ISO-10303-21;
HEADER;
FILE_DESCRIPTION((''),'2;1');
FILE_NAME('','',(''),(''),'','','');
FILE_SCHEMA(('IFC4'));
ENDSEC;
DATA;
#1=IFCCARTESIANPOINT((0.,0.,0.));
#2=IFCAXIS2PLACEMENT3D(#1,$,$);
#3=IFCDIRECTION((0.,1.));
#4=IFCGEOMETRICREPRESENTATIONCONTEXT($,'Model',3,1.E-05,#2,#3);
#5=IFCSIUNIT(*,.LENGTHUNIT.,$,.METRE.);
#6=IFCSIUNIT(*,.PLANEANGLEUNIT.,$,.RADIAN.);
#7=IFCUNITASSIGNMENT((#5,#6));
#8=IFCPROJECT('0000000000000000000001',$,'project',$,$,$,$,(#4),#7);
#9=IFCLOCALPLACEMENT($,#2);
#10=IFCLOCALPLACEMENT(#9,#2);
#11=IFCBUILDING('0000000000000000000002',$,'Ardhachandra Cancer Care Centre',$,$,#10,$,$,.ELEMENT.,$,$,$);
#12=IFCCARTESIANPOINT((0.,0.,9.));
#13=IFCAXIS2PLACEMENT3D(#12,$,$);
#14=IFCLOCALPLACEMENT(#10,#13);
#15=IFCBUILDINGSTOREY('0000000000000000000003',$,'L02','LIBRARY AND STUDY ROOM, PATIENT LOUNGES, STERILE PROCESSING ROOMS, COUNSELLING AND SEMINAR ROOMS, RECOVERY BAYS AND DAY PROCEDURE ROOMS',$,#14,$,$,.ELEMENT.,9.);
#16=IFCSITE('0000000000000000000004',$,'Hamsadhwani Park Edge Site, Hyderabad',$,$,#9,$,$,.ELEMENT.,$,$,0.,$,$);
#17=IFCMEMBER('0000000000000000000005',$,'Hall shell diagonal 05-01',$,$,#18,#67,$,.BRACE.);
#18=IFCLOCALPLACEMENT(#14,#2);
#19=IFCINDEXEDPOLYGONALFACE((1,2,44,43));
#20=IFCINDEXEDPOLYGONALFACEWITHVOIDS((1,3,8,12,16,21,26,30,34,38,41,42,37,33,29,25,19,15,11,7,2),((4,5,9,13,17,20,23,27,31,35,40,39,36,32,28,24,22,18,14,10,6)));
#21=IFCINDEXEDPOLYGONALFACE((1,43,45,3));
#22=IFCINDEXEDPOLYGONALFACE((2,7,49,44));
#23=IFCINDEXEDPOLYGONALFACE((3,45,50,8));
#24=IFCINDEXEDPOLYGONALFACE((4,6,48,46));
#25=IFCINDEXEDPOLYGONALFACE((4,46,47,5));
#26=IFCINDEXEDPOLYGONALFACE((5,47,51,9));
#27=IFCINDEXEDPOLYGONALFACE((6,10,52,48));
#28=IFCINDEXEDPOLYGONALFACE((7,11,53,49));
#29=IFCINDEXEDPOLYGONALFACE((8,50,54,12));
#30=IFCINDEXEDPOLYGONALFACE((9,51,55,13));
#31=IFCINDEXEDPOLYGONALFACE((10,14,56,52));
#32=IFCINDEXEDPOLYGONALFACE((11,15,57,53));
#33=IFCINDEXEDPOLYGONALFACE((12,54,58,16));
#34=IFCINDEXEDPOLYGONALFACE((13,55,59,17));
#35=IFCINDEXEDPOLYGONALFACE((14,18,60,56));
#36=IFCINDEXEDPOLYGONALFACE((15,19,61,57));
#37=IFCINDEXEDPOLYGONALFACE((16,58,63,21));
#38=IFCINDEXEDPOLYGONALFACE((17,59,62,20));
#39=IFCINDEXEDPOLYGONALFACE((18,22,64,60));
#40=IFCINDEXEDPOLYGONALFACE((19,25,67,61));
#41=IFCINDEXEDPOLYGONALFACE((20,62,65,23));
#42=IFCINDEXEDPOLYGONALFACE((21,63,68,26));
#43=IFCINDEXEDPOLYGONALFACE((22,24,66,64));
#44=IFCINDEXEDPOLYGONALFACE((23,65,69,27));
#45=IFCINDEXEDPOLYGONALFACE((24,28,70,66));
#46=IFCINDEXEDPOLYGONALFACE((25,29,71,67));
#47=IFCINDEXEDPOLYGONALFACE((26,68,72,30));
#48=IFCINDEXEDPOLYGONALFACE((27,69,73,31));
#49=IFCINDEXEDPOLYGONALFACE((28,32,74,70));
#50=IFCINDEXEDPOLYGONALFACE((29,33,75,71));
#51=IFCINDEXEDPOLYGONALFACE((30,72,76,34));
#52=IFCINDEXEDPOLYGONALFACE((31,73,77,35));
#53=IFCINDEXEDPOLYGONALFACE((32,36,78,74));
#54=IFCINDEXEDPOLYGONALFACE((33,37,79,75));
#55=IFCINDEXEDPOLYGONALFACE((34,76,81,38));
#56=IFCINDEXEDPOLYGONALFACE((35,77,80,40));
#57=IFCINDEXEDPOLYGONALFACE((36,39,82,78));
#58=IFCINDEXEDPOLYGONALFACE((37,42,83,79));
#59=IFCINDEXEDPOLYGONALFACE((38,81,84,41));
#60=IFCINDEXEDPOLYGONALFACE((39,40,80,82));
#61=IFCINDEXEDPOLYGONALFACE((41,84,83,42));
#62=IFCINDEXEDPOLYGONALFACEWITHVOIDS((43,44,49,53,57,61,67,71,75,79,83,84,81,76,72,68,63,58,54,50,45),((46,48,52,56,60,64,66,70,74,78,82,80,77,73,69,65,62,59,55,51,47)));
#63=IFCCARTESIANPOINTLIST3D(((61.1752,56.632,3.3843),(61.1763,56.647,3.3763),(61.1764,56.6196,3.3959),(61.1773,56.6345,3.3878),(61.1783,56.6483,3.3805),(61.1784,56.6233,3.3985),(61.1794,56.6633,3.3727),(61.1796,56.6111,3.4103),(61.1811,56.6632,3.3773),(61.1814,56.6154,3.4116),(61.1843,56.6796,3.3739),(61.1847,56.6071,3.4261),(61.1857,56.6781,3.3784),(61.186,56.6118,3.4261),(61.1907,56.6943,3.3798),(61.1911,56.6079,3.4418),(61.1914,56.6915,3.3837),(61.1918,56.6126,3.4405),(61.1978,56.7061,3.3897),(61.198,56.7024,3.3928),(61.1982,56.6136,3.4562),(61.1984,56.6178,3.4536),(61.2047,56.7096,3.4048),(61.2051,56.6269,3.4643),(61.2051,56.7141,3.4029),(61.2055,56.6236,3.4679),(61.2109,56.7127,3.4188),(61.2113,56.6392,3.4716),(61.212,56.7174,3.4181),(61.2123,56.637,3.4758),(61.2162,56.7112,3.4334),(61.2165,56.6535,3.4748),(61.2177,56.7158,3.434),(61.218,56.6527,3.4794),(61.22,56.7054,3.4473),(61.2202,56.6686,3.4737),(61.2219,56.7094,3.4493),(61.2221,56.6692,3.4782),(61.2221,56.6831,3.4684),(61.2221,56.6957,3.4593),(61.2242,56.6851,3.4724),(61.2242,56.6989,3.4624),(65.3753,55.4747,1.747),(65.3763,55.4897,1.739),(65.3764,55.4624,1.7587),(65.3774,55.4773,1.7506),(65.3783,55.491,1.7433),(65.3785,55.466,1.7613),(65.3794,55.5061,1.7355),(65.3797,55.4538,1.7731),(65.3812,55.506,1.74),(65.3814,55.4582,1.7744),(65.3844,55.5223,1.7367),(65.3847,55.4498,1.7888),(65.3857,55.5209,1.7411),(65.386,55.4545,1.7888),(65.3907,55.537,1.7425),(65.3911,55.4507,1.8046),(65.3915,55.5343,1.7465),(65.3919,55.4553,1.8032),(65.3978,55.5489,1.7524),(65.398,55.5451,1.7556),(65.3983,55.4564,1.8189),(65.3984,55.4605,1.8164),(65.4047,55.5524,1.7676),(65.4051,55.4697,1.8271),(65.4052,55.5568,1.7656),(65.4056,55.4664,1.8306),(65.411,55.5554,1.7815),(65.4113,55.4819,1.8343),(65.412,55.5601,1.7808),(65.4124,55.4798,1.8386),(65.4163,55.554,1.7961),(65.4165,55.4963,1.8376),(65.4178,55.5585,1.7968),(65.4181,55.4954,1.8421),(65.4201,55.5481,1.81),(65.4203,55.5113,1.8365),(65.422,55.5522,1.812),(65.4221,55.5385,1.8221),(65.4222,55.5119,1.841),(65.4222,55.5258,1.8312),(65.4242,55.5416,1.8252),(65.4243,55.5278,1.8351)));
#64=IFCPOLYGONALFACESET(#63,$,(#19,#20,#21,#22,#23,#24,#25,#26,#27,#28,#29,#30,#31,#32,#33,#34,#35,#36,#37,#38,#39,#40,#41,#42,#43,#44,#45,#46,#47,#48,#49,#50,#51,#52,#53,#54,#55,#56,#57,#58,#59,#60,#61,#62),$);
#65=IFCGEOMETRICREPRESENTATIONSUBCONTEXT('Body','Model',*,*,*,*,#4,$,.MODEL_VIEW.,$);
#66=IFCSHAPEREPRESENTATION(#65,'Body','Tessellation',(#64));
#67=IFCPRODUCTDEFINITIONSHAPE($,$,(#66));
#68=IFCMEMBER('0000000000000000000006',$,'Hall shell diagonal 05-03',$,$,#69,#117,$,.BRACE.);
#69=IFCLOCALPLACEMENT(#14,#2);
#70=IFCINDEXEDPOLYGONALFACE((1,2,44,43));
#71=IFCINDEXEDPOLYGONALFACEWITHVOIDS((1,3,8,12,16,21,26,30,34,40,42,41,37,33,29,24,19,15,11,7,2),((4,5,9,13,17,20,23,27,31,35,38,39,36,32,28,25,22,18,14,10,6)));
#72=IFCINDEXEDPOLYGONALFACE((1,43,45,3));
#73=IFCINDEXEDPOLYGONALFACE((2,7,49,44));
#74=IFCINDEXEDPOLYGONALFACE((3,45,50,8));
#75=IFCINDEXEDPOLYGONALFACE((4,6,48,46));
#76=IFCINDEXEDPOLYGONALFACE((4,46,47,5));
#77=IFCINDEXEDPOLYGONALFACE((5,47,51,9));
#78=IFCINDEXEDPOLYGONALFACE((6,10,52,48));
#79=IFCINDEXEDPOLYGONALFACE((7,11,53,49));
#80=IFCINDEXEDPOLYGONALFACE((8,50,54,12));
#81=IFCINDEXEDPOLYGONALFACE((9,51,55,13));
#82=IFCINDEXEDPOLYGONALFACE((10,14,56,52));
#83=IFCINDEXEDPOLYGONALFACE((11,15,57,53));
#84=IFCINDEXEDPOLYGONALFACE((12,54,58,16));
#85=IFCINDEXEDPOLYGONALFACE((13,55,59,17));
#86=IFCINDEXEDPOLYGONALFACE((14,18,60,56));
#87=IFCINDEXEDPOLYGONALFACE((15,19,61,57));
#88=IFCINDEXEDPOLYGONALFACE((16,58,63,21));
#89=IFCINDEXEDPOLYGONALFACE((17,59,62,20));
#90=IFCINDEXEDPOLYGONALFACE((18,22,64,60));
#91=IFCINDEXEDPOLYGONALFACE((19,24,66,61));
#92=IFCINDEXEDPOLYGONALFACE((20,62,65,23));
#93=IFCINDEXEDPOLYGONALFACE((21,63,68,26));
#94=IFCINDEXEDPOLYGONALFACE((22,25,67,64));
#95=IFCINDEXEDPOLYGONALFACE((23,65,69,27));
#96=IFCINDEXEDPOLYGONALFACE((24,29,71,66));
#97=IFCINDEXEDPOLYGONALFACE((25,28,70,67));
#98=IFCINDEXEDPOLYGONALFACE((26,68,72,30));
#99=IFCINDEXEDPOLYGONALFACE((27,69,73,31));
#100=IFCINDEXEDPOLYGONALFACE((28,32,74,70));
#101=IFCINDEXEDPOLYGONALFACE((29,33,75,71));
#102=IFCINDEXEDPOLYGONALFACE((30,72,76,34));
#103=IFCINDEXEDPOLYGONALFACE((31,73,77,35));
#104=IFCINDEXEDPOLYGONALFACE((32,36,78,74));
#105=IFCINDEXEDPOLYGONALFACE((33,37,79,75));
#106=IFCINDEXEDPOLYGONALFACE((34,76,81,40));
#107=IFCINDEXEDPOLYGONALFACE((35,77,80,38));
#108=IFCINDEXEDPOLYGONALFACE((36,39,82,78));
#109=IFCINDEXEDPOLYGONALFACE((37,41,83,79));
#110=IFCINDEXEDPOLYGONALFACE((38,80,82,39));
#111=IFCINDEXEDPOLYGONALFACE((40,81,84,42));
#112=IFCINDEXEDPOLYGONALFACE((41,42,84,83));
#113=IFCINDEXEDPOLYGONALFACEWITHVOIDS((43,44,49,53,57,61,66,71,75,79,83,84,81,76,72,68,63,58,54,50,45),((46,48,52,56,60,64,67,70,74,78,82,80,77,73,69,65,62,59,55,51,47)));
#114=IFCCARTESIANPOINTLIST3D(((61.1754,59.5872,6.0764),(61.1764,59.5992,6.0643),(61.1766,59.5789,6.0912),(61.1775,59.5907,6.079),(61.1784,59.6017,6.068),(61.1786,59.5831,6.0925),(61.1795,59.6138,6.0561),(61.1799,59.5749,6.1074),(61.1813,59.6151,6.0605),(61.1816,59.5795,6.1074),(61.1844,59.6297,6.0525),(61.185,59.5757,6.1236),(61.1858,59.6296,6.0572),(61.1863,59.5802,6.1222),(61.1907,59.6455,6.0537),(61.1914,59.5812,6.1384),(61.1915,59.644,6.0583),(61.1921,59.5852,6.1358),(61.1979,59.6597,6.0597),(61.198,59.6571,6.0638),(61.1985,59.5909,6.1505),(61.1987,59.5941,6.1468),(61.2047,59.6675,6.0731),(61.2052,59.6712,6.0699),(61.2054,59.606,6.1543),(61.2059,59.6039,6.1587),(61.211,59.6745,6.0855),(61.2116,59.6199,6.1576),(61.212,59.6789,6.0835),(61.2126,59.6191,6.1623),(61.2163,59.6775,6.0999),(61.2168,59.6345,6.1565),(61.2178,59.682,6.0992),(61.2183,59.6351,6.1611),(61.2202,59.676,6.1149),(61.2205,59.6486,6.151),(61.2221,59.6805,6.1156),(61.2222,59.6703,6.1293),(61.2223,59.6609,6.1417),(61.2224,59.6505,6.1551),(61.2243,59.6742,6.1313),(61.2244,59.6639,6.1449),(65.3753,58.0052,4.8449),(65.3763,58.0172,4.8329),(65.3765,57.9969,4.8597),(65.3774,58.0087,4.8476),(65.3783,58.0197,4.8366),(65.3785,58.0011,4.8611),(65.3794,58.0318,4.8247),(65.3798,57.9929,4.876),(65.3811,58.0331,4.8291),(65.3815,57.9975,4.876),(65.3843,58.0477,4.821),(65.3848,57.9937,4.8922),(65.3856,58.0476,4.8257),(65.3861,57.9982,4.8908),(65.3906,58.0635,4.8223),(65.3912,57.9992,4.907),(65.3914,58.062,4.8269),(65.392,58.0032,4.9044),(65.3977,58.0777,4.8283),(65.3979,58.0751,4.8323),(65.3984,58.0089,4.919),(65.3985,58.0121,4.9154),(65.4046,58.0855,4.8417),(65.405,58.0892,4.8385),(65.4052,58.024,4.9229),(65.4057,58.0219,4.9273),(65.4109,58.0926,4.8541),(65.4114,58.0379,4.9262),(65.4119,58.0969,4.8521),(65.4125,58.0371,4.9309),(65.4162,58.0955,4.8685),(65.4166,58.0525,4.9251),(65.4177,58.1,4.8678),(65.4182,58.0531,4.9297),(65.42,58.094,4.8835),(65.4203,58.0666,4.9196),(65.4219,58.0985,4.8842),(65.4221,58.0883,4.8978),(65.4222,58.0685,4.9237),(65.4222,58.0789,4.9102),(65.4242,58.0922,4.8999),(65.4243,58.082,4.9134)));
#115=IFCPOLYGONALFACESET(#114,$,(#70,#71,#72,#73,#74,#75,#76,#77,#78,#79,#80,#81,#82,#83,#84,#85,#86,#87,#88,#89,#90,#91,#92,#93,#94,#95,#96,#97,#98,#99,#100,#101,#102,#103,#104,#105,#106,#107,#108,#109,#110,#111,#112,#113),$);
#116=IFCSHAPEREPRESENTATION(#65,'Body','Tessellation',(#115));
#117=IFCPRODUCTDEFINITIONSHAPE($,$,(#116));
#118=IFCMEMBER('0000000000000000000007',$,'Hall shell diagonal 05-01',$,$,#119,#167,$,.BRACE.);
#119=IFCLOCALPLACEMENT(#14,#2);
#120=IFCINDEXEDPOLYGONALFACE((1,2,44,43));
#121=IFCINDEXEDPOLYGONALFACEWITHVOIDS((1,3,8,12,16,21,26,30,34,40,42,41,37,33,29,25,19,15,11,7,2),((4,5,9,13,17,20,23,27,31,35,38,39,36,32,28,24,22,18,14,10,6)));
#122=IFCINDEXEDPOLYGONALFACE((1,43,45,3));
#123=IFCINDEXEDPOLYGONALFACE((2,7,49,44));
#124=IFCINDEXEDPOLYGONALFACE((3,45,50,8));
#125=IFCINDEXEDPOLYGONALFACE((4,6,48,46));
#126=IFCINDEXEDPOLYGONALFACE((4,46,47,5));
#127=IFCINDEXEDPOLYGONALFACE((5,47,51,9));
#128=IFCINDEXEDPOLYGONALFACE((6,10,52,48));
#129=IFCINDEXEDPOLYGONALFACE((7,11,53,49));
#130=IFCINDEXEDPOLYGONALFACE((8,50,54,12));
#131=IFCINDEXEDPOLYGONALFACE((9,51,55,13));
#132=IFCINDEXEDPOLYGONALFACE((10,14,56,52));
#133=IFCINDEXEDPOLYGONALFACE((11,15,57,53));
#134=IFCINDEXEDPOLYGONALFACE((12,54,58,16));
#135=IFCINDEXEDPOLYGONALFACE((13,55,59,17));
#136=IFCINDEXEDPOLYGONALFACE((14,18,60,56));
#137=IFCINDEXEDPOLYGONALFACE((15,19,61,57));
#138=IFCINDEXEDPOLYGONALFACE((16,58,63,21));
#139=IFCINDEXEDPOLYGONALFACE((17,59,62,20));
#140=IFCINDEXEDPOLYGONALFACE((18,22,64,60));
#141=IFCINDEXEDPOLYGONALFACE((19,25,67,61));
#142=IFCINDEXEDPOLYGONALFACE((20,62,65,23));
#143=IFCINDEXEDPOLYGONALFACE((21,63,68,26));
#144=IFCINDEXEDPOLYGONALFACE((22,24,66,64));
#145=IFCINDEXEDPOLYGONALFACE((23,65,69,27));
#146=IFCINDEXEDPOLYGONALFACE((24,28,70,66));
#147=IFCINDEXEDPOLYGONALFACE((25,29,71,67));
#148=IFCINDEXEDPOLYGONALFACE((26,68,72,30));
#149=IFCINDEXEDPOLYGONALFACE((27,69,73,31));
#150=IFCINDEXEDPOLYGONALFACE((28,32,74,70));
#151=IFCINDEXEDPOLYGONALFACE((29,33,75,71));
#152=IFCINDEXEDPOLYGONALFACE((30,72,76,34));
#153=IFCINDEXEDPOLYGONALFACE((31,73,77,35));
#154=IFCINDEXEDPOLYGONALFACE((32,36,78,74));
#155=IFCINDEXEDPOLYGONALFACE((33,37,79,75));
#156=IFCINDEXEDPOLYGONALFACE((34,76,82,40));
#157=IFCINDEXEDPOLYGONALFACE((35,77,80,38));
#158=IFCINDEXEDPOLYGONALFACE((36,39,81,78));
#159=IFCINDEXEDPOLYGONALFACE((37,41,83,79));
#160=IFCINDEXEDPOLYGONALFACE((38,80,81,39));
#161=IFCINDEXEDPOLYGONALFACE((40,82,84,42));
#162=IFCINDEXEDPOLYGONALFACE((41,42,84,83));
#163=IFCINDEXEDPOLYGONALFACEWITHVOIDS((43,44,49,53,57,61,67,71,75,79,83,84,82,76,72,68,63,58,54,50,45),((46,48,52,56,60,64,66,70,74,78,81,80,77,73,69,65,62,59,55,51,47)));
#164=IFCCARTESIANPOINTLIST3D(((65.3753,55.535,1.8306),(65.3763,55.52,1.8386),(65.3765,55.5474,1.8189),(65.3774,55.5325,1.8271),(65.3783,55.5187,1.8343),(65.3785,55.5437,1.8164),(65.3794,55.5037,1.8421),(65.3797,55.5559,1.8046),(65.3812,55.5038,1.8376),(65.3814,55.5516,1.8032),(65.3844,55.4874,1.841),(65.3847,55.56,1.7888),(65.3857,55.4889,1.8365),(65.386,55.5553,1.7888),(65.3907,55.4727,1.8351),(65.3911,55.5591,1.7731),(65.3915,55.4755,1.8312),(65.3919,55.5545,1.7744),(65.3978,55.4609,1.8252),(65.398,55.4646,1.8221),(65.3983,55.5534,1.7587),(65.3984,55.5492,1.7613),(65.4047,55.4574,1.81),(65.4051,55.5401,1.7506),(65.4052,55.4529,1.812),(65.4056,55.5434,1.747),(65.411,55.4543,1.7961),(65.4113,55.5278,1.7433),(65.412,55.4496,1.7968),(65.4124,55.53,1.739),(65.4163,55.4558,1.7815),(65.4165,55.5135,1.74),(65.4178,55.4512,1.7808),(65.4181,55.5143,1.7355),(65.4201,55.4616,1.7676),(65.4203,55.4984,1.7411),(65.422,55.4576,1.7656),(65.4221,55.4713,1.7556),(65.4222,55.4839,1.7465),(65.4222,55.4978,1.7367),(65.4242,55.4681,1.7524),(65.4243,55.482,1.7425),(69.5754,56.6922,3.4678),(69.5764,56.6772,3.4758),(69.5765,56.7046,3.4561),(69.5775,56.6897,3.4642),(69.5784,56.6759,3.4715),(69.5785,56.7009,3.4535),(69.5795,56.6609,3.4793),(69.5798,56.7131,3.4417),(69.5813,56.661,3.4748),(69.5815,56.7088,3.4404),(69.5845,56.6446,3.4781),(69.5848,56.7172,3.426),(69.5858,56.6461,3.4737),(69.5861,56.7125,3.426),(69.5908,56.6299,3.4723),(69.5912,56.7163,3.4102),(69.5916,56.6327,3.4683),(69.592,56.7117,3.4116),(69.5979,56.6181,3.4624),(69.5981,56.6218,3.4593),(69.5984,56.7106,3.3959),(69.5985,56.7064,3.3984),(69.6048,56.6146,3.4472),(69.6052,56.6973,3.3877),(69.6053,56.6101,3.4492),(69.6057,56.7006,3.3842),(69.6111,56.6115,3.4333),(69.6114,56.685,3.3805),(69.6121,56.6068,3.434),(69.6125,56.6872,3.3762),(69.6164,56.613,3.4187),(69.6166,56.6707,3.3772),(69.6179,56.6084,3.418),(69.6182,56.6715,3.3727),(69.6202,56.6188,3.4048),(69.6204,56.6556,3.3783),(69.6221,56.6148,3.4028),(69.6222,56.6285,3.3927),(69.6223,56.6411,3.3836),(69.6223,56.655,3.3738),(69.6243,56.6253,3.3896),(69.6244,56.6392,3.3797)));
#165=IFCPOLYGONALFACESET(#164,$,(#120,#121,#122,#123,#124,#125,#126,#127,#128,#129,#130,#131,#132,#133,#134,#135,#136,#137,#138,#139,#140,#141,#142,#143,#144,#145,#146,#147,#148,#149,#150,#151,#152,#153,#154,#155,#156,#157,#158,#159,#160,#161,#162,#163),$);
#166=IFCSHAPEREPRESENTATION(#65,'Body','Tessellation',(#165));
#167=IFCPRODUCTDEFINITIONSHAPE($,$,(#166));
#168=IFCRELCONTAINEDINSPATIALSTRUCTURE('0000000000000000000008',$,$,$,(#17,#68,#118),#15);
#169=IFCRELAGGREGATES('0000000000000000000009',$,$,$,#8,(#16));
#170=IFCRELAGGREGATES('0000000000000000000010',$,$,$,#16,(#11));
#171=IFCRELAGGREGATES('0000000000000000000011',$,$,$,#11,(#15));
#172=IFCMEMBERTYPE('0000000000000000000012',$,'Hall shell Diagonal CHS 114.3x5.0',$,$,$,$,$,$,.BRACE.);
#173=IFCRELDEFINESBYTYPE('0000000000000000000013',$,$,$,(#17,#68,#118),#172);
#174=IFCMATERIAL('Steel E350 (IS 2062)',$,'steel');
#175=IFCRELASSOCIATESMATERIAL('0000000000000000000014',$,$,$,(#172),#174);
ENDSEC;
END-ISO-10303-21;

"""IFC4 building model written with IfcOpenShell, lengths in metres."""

from ifc_helpers import new_model, si_unit, direction, frame, origin, origin_2d, place, context, subcontext, project, spatial, hollow_circle, extrude, material, material_profile, profile_set, type_object, element, save


model = new_model("IFC4")

# Units and contexts
model_context = context("Model", 3, precision=1e-05, world=origin(), true_north=direction((0.0, 1.0)))
body_context = subcontext(model_context, "Body", "Model", "MODEL_VIEW")
ifc_project = project(units=[si_unit("LENGTHUNIT", "METRE"), si_unit("PLANEANGLEUNIT", "RADIAN")], contexts=[model_context])

# Site, building, storey
site_placement = place(None, origin())
site = spatial("IfcSite", under=ifc_project, at=site_placement, Name="Hamsadhwani Park Edge Site, Hyderabad", CompositionType="ELEMENT", RefElevation=0.0)
building_placement = place(site_placement, origin())
building = spatial("IfcBuilding", under=site, at=building_placement, Name="Ardhachandra Cancer Care Centre", CompositionType="ELEMENT")
storey_placement = place(building_placement, frame((0.0, 0.0, 9.0)))
storey = spatial("IfcBuildingStorey", under=building, at=storey_placement, Name="L02", Description="LIBRARY AND STUDY ROOM, PATIENT LOUNGES, STERILE PROCESSING ROOMS, COUNSELLING AND SEMINAR ROOMS, RECOVERY BAYS AND DAY PROCEDURE ROOMS", CompositionType="ELEMENT", Elevation=9.0)

# Members
ifc_material_1 = material(Name="Steel E350 (IS 2062)", Category="steel")
ifc_material_profile_1 = material_profile(ifc_material_1, hollow_circle(Radius=0.0571, WallThickness=0.0049, at=origin_2d()), Name="CHS 114.3x5.0")
ifc_profile_set_1 = profile_set([ifc_material_profile_1], Name="Steel E350 (IS 2062)")
member_type_1 = type_object("IfcMemberType", Name="Hall shell Diagonal CHS 114.3x5.0", PredefinedType="BRACE", material=ifc_profile_set_1)
member_1_placement = place(storey_placement, frame((65.3999, 55.5049, 1.7888), z_axis=(-0.90245, 0.248655, 0.351789), x_axis=(-0.265634, -0.964074, 0.0)))
element("IfcMember", 1, at=member_1_placement, inside=storey, type_object=member_type_1, Name="Hall shell diagonal 05-01", PredefinedType="BRACE", context=body_context, shape_type="SweptSolid", body=[
    extrude(hollow_circle(Radius=0.0571, WallThickness=0.0049, at=origin_2d()), origin(), (0.0, 0.0, 1.0), 4.6541),
])
member_2_placement = place(storey_placement, frame((65.3999, 58.0464, 4.876), z_axis=(-0.902457, 0.339936, 0.264605), x_axis=(-0.3525, -0.935812, 0.0)))
element("IfcMember", 2, at=member_2_placement, inside=storey, type_object=member_type_1, Name="Hall shell diagonal 05-03", PredefinedType="BRACE", context=body_context, shape_type="SweptSolid", body=[
    extrude(hollow_circle(Radius=0.0571, WallThickness=0.0049, at=origin_2d()), origin(), (0.0, 0.0, 1.0), 4.6538),
])
for number, where, z_axis, x_axis, name in (
    (3, (65.3999, 55.5049, 1.7888), (0.902459, 0.248643, 0.351772), (-0.26562, 0.964078, 0.0), "Hall shell diagonal 05-01"),
):
    element("IfcMember", number, at=place(storey_placement, frame(where, z_axis=z_axis, x_axis=x_axis)), inside=storey, type_object=member_type_1, Name=name, PredefinedType="BRACE", context=body_context, shape_type="SweptSolid", body=[
        extrude(hollow_circle(Radius=0.0571, WallThickness=0.0049, at=origin_2d()), origin(), (0.0, 0.0, 1.0), 4.6541),
    ])

save(model, "model.ifc")
